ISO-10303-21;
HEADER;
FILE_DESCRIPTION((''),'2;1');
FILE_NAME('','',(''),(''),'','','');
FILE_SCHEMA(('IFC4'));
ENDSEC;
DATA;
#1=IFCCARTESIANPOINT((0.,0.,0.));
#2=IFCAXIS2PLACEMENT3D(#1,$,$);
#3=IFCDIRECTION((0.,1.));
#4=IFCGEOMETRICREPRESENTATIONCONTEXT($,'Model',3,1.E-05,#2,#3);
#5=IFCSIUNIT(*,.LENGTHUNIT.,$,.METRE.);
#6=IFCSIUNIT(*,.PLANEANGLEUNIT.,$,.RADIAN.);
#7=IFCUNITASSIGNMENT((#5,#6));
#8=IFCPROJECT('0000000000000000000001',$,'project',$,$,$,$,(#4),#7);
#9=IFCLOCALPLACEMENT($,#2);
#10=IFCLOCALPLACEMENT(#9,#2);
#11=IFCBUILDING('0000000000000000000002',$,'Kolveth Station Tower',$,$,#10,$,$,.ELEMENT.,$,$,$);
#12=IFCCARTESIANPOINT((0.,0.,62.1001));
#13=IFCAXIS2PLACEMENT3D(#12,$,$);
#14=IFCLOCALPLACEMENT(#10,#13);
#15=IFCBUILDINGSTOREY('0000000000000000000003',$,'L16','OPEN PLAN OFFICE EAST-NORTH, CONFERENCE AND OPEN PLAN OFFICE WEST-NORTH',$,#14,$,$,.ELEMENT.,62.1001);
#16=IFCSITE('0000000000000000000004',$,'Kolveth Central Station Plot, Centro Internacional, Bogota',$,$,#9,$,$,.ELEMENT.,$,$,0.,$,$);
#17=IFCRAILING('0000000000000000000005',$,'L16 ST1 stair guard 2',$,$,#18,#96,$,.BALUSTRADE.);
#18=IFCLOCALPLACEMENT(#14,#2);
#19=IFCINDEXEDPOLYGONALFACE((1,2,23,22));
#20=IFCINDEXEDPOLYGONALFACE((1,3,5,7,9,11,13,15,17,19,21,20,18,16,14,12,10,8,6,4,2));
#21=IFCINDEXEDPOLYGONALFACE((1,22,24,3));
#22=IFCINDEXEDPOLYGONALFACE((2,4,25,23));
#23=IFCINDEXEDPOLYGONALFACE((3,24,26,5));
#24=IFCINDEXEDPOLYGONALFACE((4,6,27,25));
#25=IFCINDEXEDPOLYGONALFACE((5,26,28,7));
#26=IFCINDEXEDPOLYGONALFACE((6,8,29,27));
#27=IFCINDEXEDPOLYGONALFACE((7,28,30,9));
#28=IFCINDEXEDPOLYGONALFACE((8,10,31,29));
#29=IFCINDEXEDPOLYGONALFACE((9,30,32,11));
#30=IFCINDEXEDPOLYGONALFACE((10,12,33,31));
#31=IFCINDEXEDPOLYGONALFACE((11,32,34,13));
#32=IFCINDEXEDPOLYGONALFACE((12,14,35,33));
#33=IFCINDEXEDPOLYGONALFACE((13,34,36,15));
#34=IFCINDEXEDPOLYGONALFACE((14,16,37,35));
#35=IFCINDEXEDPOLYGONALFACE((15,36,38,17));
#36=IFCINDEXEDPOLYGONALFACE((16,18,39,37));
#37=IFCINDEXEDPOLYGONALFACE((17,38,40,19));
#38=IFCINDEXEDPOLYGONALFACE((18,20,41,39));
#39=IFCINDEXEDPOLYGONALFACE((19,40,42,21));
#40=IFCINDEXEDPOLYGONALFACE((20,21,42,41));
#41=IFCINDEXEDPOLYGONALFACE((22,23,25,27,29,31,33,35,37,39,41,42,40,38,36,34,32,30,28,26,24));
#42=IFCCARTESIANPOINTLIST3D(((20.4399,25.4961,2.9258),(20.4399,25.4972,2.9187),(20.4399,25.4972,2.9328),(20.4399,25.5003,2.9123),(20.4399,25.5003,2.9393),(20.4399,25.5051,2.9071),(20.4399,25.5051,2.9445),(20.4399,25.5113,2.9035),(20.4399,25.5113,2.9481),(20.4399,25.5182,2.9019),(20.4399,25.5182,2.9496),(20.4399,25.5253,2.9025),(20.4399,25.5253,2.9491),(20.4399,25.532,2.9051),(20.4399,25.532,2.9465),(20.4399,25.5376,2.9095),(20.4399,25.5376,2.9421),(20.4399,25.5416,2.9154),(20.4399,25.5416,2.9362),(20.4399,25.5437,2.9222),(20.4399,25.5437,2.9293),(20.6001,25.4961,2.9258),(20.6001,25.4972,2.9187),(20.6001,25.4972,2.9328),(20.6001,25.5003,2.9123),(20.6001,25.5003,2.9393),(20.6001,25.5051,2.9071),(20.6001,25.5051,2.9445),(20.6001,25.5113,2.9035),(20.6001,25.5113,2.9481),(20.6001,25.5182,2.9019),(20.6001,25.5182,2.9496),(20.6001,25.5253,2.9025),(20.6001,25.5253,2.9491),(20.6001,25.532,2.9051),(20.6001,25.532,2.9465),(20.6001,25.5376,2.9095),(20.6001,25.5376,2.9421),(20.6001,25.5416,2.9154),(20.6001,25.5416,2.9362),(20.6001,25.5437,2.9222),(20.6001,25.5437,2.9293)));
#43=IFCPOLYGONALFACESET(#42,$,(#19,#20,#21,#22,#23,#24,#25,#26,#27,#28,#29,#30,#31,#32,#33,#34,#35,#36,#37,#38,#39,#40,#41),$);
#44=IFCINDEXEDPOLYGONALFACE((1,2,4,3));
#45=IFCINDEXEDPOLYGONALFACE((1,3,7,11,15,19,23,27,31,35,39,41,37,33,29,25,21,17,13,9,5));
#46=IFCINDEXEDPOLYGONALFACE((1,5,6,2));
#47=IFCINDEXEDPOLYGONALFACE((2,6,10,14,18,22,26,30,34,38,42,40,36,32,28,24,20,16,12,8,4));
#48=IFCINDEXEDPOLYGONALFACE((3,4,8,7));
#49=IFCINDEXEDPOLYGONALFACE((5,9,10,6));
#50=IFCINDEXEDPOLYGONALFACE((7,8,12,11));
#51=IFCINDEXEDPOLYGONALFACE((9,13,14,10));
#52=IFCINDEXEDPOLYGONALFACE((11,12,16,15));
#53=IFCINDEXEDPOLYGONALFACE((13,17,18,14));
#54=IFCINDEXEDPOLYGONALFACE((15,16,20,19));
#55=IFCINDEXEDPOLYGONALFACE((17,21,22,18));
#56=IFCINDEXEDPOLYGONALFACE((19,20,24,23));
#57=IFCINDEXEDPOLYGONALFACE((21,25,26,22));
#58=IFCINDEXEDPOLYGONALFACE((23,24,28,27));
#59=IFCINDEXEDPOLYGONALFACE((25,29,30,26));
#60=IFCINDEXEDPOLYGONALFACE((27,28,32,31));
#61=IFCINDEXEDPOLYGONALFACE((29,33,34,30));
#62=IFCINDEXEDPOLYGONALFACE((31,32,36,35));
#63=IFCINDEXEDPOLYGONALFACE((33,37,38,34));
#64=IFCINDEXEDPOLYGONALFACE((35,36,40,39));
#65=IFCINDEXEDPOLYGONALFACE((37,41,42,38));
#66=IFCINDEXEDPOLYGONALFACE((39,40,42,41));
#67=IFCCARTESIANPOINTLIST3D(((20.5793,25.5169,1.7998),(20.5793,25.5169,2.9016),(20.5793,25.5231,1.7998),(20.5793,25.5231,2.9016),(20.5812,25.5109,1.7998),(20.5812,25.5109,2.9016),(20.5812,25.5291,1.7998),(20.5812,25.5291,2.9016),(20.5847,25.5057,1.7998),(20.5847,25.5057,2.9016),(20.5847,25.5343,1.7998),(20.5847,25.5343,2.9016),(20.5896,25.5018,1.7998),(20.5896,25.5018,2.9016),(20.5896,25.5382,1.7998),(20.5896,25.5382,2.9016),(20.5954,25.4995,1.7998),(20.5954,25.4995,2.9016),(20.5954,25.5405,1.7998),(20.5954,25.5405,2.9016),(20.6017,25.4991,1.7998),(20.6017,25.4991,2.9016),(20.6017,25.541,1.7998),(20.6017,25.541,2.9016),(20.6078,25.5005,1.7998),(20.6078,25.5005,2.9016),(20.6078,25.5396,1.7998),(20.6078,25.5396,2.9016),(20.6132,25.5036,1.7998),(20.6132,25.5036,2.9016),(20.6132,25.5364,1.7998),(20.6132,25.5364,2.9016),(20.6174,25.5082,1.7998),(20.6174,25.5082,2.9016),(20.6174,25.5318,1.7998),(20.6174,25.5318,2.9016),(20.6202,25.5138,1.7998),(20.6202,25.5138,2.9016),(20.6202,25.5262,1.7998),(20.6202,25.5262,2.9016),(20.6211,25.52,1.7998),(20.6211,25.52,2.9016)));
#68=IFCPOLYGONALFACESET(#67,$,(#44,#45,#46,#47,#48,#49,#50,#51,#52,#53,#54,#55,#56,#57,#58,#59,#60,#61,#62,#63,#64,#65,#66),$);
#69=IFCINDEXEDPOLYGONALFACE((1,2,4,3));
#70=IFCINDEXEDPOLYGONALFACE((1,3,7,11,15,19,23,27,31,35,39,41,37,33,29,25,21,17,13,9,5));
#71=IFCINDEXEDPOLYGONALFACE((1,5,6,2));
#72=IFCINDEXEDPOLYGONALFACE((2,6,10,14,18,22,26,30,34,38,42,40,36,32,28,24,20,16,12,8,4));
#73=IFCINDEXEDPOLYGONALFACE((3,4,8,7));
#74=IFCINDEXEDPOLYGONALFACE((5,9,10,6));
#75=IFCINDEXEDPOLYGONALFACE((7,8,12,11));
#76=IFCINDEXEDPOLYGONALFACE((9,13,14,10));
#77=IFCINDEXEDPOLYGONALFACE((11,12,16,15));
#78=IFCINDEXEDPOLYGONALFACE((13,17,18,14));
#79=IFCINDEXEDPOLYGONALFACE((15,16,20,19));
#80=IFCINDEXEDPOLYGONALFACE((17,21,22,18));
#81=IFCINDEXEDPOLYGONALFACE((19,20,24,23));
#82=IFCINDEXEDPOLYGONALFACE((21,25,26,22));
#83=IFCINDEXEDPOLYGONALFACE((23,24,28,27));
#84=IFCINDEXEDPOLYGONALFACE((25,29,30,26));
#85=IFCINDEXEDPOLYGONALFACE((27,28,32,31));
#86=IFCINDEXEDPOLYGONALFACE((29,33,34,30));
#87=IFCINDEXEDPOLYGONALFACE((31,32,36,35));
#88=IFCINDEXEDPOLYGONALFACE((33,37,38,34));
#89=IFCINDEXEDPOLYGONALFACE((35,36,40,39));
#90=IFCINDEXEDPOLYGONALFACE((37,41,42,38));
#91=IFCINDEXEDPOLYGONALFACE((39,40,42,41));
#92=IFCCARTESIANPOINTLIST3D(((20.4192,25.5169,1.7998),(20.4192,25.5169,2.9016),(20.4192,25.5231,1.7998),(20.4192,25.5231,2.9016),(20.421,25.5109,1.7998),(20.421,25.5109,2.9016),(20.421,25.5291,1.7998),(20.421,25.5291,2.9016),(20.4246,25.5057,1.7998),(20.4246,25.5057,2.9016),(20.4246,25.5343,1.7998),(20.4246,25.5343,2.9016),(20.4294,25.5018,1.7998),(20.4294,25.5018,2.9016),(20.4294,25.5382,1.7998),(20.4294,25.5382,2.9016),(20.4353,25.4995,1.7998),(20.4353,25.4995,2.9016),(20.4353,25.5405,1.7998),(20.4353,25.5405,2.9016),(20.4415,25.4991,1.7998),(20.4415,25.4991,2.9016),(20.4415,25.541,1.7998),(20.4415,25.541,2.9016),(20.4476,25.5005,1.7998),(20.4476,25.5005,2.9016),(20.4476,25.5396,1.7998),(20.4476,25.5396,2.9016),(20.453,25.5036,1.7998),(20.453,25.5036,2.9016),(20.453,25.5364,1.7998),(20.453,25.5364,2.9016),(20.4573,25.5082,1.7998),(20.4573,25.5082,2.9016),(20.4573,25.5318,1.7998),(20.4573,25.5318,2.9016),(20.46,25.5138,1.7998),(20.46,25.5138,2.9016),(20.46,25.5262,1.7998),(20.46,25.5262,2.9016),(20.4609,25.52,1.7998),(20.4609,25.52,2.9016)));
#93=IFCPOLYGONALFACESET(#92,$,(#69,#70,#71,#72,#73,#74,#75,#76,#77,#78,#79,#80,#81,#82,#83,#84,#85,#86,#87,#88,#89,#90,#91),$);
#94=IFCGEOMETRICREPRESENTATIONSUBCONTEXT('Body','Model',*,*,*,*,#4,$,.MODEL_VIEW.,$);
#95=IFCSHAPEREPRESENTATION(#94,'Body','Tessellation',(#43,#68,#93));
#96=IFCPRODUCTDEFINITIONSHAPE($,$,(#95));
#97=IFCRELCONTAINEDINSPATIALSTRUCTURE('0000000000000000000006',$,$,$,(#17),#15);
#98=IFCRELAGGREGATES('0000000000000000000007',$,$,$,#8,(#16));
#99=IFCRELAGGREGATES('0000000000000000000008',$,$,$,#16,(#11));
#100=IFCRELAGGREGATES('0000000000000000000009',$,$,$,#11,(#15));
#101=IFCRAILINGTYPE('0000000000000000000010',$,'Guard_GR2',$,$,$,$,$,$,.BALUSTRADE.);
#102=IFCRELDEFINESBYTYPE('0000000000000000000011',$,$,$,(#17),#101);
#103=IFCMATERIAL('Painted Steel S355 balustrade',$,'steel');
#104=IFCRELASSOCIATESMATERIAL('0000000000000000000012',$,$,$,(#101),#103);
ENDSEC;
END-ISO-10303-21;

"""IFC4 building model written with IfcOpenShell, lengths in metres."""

from ifc_helpers import new_model, si_unit, direction, frame, origin, origin_2d, place, context, subcontext, project, spatial, circle, extrude, material, type_object, element, save


model = new_model("IFC4")

# Units and contexts
model_context = context("Model", 3, precision=1e-05, world=origin(), true_north=direction((0.0, 1.0)))
body_context = subcontext(model_context, "Body", "Model", "MODEL_VIEW")
ifc_project = project(units=[si_unit("LENGTHUNIT", "METRE"), si_unit("PLANEANGLEUNIT", "RADIAN")], contexts=[model_context])

# Site, building, storey
site_placement = place(None, origin())
site = spatial("IfcSite", under=ifc_project, at=site_placement, Name="Kolveth Central Station Plot, Centro Internacional, Bogota", CompositionType="ELEMENT", RefElevation=0.0)
building_placement = place(site_placement, origin())
building = spatial("IfcBuilding", under=site, at=building_placement, Name="Kolveth Station Tower", CompositionType="ELEMENT")
storey_placement = place(building_placement, frame((0.0, 0.0, 62.1001)))
storey = spatial("IfcBuildingStorey", under=building, at=storey_placement, Name="L16", Description="OPEN PLAN OFFICE EAST-NORTH, CONFERENCE AND OPEN PLAN OFFICE WEST-NORTH", CompositionType="ELEMENT", Elevation=62.1001)

# Railing
ifc_material_1 = material(Name="Painted Steel S355 balustrade", Category="steel")
railing_type_1 = type_object("IfcRailingType", Name="Guard_GR2", PredefinedType="BALUSTRADE", material=ifc_material_1)
railing_1_placement = place(storey_placement, frame((20.6001, 25.52, 1.7998)))
element("IfcRailing", 1, at=railing_1_placement, inside=storey, type_object=railing_type_1, Name="L16 ST1 stair guard 2", PredefinedType="BALUSTRADE", context=body_context, shape_type="SweptSolid", body=[
    extrude(circle(Radius=0.0239, at=origin_2d()), frame((0.0, 0.0, 1.126), z_axis=(-1.0, 0.0, 0.0), x_axis=(0.0, -1.0, 0.0)), (0.0, 0.0, 1.0), 0.1602),
    extrude(circle(Radius=0.021, at=origin_2d()), origin(), (0.0, 0.0, 1.0), 1.1018),
    extrude(circle(Radius=0.021, at=origin_2d()), frame((-0.1602, 0.0, 0.0)), (0.0, 0.0, 1.0), 1.1018),
])

save(model, "model.ifc")
